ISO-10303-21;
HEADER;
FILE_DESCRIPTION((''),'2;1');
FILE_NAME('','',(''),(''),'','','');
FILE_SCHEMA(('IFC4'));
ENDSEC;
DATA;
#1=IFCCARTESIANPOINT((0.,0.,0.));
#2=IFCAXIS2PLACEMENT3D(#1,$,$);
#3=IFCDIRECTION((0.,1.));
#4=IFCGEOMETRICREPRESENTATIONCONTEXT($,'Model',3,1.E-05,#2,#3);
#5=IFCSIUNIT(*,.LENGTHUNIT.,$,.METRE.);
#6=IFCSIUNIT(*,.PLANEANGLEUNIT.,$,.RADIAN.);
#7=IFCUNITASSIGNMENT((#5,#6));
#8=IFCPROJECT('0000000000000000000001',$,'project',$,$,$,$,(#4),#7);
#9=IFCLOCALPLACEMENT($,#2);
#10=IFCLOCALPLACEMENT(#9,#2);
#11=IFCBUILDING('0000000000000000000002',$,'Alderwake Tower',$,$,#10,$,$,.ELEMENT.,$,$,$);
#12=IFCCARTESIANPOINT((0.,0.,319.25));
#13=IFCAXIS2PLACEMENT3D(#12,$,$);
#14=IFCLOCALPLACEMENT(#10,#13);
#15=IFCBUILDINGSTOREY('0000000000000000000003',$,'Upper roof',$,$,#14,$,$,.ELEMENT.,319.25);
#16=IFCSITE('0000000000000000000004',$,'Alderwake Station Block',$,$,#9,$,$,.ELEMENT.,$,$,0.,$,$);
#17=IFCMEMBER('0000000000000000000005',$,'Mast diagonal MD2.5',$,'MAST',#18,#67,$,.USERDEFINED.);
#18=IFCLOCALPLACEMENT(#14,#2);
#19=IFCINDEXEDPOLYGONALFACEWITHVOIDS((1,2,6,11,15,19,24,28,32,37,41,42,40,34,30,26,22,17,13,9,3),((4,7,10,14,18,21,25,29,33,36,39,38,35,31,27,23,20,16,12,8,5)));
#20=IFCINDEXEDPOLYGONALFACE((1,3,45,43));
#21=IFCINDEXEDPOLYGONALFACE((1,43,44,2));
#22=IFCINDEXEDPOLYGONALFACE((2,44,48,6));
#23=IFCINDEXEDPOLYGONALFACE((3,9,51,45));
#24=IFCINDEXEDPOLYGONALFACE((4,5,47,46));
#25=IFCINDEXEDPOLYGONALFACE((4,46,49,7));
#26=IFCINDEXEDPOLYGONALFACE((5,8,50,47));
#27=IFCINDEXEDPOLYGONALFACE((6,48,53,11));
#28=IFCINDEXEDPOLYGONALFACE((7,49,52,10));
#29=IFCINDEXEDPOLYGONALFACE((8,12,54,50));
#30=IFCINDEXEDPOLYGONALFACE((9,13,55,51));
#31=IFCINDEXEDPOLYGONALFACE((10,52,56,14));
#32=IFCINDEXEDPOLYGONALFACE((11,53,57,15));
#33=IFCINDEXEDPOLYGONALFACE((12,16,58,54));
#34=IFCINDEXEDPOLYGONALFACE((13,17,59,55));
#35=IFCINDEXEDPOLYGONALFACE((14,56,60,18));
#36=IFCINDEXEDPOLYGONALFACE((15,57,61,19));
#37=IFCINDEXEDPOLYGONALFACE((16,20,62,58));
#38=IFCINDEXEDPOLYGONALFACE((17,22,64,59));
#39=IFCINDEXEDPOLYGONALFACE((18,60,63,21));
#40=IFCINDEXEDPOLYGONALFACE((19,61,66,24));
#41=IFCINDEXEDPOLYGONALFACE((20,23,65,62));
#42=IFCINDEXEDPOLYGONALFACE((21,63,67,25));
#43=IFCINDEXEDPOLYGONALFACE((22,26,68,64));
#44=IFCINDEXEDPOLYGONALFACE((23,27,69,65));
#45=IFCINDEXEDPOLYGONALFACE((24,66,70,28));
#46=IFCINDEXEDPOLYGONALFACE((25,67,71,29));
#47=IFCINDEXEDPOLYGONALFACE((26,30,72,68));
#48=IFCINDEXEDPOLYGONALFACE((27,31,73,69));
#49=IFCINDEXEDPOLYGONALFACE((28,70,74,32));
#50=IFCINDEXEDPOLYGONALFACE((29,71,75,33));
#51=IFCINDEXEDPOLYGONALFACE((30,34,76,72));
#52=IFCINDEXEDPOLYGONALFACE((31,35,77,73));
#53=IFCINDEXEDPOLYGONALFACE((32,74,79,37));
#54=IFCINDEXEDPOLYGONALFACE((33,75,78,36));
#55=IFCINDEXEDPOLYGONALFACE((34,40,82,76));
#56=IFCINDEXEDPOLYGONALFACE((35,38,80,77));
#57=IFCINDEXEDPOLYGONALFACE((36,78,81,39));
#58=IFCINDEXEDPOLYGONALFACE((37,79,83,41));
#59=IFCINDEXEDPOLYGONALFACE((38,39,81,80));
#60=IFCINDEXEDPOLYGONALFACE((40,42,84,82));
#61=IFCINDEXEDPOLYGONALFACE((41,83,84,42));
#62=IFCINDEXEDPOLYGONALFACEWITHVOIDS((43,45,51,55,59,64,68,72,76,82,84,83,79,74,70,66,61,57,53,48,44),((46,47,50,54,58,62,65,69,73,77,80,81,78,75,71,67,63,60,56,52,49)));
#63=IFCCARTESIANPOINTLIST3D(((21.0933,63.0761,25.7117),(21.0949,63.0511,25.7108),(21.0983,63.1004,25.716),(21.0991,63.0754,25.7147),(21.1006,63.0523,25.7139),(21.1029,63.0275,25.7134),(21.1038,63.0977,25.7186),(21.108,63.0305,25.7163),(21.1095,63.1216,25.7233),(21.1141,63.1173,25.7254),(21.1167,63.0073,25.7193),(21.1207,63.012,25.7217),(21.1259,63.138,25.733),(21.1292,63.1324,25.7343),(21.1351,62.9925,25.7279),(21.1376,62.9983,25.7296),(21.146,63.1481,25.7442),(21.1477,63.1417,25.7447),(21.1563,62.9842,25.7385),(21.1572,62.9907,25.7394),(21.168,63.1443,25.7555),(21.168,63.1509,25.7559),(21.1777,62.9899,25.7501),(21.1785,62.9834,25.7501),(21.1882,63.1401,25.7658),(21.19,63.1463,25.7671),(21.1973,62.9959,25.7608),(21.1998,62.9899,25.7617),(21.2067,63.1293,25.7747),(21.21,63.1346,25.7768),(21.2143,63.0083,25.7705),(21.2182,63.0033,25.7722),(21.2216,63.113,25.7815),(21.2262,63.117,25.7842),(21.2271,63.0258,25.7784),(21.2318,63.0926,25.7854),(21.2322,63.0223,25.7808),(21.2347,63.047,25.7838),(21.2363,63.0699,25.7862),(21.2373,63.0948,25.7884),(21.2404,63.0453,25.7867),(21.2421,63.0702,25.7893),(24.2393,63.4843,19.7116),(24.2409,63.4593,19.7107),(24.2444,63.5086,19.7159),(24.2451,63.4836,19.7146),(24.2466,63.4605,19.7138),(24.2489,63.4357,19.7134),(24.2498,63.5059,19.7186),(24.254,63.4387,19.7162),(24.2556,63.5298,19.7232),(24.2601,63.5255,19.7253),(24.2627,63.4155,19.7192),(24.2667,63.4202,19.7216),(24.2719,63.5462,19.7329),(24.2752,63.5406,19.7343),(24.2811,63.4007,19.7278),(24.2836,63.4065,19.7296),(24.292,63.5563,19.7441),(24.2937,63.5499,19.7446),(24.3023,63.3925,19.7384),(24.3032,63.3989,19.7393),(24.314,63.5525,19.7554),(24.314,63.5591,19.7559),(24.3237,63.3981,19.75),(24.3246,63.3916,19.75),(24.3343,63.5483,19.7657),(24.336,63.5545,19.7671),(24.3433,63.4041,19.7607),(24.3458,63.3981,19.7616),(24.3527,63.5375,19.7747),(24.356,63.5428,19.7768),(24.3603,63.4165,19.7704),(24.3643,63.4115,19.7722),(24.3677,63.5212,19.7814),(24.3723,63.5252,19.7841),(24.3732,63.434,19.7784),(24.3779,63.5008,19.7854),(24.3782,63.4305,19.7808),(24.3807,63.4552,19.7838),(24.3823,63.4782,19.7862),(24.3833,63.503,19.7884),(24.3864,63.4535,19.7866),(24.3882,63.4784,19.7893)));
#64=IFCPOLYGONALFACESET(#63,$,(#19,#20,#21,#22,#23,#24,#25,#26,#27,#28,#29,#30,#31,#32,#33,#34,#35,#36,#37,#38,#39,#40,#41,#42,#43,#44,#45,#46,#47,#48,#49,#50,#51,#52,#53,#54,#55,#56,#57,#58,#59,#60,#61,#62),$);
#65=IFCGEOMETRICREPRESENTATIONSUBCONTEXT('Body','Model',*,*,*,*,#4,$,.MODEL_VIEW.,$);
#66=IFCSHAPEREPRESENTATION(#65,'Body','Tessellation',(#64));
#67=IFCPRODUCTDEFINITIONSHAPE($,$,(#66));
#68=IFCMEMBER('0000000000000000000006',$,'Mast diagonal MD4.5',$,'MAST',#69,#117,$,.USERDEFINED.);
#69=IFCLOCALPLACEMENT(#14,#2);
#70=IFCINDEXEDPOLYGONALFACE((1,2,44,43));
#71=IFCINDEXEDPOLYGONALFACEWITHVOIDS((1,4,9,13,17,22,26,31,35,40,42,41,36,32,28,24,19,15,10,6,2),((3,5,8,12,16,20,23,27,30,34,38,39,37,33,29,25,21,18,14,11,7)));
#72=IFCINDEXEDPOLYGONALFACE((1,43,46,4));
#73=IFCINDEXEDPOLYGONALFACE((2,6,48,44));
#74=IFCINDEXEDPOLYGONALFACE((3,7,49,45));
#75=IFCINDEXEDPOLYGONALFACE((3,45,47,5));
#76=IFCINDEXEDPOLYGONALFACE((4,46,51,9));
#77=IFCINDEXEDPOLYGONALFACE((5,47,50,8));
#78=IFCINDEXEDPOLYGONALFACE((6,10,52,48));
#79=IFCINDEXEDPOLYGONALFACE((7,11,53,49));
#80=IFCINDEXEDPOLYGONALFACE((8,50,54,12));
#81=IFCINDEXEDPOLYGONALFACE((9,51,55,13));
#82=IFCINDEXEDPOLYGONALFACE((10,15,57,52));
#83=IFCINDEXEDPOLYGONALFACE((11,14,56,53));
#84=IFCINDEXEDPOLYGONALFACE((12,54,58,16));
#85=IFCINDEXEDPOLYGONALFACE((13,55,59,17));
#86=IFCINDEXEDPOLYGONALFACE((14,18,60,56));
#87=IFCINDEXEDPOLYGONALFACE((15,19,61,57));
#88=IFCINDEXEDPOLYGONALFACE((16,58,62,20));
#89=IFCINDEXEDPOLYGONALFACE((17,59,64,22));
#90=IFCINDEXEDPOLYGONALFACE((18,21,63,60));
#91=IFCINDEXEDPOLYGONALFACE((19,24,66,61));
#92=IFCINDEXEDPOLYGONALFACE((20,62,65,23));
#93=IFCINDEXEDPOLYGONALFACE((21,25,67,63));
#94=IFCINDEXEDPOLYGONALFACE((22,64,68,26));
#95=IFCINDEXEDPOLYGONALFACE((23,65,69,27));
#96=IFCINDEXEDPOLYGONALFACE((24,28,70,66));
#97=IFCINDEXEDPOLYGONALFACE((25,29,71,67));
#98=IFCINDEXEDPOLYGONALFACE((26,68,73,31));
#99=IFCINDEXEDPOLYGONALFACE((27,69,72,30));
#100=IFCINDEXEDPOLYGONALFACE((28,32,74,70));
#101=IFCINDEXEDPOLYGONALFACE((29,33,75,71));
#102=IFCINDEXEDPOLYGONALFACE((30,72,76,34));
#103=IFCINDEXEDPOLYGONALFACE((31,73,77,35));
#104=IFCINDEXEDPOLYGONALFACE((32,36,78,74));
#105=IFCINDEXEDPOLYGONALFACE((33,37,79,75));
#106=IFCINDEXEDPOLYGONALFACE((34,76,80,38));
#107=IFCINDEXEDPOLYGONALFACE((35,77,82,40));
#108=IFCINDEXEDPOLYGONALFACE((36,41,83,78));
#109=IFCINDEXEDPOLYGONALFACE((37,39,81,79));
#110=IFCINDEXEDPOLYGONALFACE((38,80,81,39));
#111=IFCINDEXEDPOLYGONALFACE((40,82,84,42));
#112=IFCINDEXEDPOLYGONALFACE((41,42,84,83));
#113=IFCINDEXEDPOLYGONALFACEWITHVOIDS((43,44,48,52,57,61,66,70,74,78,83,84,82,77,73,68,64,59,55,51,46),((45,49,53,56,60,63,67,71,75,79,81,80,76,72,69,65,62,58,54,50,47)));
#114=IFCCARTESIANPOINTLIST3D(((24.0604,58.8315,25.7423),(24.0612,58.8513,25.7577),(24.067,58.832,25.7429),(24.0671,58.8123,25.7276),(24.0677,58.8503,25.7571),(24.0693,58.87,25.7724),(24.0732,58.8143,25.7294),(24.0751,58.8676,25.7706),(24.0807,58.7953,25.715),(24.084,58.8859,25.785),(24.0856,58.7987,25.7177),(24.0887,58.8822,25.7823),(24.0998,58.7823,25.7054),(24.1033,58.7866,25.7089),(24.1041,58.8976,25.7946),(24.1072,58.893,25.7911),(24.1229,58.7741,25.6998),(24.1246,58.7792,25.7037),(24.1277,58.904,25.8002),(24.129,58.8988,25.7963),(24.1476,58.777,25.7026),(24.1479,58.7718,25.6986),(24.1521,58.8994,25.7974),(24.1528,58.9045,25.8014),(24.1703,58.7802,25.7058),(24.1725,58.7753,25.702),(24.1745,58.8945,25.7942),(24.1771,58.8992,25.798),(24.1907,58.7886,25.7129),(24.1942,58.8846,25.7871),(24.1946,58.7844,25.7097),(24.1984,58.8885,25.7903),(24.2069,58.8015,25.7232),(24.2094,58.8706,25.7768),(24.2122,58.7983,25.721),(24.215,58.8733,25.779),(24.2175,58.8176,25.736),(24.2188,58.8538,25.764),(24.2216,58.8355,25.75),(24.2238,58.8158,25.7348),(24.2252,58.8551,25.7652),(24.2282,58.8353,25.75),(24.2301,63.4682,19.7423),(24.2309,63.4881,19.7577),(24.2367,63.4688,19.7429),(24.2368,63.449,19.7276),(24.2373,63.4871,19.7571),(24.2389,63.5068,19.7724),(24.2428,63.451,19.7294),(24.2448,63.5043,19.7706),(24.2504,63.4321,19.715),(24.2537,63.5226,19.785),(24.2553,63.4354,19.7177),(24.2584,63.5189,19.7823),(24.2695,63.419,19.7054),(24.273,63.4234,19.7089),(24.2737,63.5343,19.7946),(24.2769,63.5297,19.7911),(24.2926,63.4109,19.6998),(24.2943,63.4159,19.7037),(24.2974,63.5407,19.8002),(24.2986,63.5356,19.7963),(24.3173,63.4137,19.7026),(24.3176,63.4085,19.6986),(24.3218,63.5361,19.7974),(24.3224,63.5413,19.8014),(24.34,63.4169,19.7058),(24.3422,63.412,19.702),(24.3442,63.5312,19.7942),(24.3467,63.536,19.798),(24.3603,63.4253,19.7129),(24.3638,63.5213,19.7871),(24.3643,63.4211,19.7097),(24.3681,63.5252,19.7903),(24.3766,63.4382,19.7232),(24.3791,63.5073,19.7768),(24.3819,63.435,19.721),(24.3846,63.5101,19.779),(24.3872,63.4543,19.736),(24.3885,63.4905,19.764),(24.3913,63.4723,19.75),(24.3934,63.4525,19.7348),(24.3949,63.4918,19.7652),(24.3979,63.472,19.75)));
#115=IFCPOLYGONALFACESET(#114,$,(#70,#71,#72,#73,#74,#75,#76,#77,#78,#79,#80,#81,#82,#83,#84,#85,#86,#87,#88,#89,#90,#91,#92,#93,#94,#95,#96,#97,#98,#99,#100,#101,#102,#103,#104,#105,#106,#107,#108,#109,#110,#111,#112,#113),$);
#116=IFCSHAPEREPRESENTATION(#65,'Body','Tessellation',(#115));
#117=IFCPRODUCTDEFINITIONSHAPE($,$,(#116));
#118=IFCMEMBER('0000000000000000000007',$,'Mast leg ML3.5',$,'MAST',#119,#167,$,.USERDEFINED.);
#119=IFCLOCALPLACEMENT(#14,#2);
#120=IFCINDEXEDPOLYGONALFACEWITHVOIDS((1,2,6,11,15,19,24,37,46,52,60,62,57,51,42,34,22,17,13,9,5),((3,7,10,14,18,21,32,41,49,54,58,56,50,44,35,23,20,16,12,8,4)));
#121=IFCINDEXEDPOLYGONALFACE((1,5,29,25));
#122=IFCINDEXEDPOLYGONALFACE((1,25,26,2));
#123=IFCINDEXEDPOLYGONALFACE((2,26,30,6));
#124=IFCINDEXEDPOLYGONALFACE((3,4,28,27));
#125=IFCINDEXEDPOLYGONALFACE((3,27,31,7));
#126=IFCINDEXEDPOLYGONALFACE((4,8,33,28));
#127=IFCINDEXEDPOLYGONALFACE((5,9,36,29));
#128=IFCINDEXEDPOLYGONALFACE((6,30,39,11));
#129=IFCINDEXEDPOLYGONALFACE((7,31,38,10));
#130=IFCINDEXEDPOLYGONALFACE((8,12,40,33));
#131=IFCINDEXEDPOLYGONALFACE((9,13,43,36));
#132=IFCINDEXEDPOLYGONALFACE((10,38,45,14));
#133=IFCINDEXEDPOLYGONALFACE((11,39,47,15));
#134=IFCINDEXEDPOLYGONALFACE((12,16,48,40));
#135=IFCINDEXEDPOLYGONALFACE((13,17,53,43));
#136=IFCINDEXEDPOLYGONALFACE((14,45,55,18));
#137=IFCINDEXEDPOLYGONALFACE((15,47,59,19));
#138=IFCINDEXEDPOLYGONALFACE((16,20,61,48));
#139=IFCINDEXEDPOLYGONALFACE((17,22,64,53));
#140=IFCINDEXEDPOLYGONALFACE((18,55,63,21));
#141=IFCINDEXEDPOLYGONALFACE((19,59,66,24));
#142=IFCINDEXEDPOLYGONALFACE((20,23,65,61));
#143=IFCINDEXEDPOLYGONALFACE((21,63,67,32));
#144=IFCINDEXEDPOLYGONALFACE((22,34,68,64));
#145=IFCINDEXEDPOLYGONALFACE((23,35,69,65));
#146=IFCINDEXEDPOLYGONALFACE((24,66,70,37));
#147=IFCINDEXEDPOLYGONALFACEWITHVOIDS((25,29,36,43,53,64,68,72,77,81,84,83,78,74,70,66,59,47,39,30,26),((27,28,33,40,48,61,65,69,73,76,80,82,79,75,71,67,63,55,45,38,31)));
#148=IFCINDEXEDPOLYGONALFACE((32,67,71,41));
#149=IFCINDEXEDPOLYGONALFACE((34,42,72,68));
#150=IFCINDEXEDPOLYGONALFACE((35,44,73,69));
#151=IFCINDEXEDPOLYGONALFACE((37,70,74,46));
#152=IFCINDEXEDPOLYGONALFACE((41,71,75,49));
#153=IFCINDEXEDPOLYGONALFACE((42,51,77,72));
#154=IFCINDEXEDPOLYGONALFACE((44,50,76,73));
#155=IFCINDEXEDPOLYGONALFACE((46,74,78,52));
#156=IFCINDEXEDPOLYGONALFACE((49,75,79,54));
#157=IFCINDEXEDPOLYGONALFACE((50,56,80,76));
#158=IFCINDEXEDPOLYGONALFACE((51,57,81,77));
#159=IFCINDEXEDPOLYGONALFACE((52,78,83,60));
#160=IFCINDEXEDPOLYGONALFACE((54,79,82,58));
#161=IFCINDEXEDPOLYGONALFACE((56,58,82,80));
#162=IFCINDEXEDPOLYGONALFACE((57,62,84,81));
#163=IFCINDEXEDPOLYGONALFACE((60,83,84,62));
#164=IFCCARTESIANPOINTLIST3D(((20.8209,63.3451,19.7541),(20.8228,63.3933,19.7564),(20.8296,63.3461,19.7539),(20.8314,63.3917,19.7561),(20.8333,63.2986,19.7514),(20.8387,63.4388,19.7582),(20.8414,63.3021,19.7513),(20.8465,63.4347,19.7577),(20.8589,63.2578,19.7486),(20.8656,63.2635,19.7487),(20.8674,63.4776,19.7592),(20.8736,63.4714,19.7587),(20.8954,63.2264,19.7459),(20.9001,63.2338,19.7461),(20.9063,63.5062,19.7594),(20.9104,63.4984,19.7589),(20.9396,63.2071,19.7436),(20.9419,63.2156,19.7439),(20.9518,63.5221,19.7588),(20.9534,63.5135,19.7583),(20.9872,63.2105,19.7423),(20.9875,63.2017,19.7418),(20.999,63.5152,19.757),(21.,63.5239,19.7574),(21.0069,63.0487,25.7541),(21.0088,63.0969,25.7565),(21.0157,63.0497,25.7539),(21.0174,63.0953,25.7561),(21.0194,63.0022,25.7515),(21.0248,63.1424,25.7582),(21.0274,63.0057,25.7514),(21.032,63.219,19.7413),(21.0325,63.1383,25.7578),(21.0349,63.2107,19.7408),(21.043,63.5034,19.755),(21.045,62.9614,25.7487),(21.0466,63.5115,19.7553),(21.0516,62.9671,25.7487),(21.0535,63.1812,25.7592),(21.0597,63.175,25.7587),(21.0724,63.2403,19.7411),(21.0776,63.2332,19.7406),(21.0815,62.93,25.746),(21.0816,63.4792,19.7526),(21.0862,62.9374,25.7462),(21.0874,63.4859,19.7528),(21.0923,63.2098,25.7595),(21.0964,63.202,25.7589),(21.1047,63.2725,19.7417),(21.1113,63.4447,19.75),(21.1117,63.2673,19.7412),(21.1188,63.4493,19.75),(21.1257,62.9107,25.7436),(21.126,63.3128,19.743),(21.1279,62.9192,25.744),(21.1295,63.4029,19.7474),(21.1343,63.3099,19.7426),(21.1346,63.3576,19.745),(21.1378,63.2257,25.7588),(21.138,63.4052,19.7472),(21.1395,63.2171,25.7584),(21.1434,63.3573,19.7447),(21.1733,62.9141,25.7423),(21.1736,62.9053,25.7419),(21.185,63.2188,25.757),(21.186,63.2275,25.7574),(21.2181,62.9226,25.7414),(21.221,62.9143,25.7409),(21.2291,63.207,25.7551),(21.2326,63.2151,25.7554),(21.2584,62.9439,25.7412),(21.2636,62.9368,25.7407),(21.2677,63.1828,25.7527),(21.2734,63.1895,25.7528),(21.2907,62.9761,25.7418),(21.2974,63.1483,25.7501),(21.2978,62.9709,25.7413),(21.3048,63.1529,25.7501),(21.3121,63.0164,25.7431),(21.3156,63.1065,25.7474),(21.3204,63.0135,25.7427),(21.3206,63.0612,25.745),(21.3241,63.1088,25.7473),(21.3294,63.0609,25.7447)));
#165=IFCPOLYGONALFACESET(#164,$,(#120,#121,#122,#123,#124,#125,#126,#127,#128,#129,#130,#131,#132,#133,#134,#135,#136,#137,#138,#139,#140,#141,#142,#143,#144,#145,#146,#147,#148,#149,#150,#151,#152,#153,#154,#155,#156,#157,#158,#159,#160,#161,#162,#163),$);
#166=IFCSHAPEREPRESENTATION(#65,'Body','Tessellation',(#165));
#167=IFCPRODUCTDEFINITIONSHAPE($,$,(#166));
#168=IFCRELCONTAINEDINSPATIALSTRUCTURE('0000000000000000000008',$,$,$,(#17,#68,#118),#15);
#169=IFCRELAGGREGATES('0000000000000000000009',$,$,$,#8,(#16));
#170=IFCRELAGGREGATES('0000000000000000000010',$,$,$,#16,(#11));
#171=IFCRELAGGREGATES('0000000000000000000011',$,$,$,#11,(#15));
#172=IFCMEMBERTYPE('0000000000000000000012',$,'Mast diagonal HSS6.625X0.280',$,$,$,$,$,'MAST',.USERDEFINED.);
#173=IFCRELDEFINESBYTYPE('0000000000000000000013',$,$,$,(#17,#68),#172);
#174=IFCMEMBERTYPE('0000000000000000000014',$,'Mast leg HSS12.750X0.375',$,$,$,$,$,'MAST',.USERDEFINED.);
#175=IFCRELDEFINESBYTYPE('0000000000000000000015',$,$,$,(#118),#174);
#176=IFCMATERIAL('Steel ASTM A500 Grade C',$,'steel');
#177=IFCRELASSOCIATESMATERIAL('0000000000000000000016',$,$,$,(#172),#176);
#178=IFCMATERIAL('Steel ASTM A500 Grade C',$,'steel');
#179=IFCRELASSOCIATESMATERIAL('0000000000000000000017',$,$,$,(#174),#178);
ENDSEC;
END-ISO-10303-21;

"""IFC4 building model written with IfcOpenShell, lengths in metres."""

from ifc_helpers import new_model, si_unit, direction, frame, origin, origin_2d, place, context, subcontext, project, spatial, hollow_circle, extrude, material, material_profile, profile_set, type_object, element, save


model = new_model("IFC4")

# Units and contexts
model_context = context("Model", 3, precision=1e-05, world=origin(), true_north=direction((0.0, 1.0)))
body_context = subcontext(model_context, "Body", "Model", "MODEL_VIEW")
ifc_project = project(units=[si_unit("LENGTHUNIT", "METRE"), si_unit("PLANEANGLEUNIT", "RADIAN")], contexts=[model_context])

# Site, building, storey
site_placement = place(None, origin())
site = spatial("IfcSite", under=ifc_project, at=site_placement, Name="Alderwake Station Block", CompositionType="ELEMENT", RefElevation=0.0)
building_placement = place(site_placement, origin())
building = spatial("IfcBuilding", under=site, at=building_placement, Name="Alderwake Tower", CompositionType="ELEMENT")
storey_placement = place(building_placement, frame((0.0, 0.0, 319.25)))
storey = spatial("IfcBuildingStorey", under=building, at=storey_placement, Name="Upper roof", CompositionType="ELEMENT", Elevation=319.25)

# Members
ifc_material_1 = material(Name="Steel ASTM A500 Grade C", Category="steel")
ifc_material_profile_1 = material_profile(ifc_material_1, hollow_circle(Radius=0.0842, WallThickness=0.0066, at=origin_2d()), Name="HSS6.625X0.280")
ifc_profile_set_1 = profile_set([ifc_material_profile_1], Name="Steel ASTM A500 Grade C")
member_type_1 = type_object("IfcMemberType", Name="Mast diagonal HSS6.625X0.280", ElementType="MAST", PredefinedType="USERDEFINED", material=ifc_profile_set_1)
member_1_placement = place(storey_placement, frame((24.3137, 63.4751, 19.75), z_axis=(-0.46353, -0.060144, 0.884038), x_axis=(0.128675, -0.991687, 0.0)))
element("IfcMember", 1, at=member_1_placement, inside=storey, type_object=member_type_1, Name="Mast diagonal MD2.5", ObjectType="MAST", PredefinedType="USERDEFINED", context=body_context, shape_type="SweptSolid", body=[
    extrude(hollow_circle(Radius=0.0842, WallThickness=0.0066, at=origin_2d()), origin(), (0.0, 0.0, 1.0), 6.7871),
])
member_2_placement = place(storey_placement, frame((24.3137, 63.4751, 19.75), z_axis=(-0.022371, -0.611324, 0.791064), x_axis=(0.999331, -0.03657, 0.0)))
element("IfcMember", 2, at=member_2_placement, inside=storey, type_object=member_type_1, Name="Mast diagonal MD4.5", ObjectType="MAST", PredefinedType="USERDEFINED", context=body_context, shape_type="SweptSolid", body=[
    extrude(hollow_circle(Radius=0.0842, WallThickness=0.0066, at=origin_2d()), origin(), (0.0, 0.0, 1.0), 7.5847),
])
ifc_material_2 = material(Name="Steel ASTM A500 Grade C", Category="steel")
ifc_material_profile_2 = material_profile(ifc_material_2, hollow_circle(Radius=0.1619, WallThickness=0.0088, at=origin_2d()), Name="HSS12.750X0.375")
ifc_profile_set_2 = profile_set([ifc_material_profile_2], Name="Steel ASTM A500 Grade C")
member_type_2 = type_object("IfcMemberType", Name="Mast leg HSS12.750X0.375", ElementType="MAST", PredefinedType="USERDEFINED", material=ifc_profile_set_2)
member_3_placement = place(storey_placement, frame((20.9817, 63.3633, 19.75), z_axis=(0.030953, -0.049314, 0.998304), x_axis=(0.846978, 0.531628, 0.0)))
element("IfcMember", 3, at=member_3_placement, inside=storey, type_object=member_type_2, Name="Mast leg ML3.5", ObjectType="MAST", PredefinedType="USERDEFINED", context=body_context, shape_type="SweptSolid", body=[
    extrude(hollow_circle(Radius=0.1619, WallThickness=0.0088, at=origin_2d()), origin(), (0.0, 0.0, 1.0), 6.0103),
])

save(model, "model.ifc")
